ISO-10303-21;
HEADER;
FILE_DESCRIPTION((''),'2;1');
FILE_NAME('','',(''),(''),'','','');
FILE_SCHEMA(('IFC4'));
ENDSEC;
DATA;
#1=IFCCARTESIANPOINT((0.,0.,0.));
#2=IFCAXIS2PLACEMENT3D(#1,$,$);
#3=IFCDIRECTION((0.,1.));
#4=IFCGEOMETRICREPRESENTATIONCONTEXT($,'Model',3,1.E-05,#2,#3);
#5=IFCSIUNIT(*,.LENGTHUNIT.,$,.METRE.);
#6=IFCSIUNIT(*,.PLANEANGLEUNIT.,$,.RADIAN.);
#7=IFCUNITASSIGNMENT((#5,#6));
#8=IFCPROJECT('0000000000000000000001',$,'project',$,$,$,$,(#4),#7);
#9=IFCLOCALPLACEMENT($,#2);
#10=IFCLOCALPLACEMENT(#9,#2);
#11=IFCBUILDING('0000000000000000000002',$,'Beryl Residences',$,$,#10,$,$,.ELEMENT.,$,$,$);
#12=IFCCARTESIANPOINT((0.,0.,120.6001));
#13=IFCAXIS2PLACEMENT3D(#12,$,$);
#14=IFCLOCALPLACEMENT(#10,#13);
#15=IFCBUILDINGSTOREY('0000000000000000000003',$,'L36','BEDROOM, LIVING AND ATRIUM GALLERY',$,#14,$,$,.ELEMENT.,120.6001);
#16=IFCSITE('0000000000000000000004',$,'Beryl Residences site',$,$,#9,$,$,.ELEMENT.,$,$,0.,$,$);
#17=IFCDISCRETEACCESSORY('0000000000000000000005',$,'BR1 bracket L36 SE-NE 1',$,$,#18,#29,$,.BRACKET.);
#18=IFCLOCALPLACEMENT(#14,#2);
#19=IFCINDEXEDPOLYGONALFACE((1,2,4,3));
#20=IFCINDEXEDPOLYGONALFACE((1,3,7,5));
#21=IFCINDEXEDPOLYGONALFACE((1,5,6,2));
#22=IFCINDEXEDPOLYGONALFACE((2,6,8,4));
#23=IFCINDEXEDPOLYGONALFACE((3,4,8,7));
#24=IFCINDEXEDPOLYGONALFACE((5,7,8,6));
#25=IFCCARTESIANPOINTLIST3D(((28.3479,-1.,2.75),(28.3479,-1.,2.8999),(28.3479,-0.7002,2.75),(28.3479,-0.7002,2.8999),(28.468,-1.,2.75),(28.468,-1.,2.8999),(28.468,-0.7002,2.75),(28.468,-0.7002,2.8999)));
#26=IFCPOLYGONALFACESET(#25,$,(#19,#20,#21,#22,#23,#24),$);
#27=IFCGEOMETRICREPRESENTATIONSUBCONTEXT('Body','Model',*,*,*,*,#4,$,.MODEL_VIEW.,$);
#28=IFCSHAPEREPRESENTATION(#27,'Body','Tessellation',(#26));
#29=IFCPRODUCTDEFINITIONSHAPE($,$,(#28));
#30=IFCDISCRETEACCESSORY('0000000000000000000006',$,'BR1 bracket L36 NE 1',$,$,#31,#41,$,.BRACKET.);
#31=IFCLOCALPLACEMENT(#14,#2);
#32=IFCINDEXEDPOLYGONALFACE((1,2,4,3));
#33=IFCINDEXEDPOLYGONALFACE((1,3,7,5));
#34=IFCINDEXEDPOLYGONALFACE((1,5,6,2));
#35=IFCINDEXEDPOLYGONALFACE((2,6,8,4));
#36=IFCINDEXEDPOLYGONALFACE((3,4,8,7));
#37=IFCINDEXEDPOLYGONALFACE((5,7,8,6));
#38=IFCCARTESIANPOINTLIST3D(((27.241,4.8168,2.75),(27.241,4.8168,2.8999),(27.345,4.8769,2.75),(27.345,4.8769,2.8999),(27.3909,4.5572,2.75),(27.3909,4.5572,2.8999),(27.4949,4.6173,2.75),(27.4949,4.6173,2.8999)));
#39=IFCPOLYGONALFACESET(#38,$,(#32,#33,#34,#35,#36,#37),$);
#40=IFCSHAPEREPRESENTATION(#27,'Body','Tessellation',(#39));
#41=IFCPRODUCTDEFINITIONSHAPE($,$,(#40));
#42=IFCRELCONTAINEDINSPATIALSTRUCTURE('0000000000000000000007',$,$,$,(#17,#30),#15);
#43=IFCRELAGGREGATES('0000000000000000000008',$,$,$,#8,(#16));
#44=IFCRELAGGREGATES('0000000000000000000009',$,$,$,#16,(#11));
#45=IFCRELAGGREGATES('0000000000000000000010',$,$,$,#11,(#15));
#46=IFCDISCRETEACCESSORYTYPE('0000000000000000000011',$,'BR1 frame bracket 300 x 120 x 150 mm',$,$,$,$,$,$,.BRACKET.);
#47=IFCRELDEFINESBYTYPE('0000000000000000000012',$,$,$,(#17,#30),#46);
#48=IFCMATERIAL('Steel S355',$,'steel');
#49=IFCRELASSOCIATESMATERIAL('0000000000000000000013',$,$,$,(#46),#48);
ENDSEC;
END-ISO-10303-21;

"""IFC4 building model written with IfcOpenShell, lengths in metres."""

from ifc_helpers import new_model, si_unit, direction, frame, origin, place, context, subcontext, project, spatial, polyline, outline, extrude, source, transform, mapped, material, type_object, type_shapes, element, save


model = new_model("IFC4")

# Units and contexts
model_context = context("Model", 3, precision=1e-05, world=origin(), true_north=direction((0.0, 1.0)))
body_context = subcontext(model_context, "Body", "Model", "MODEL_VIEW")
ifc_project = project(units=[si_unit("LENGTHUNIT", "METRE"), si_unit("PLANEANGLEUNIT", "RADIAN")], contexts=[model_context])

# Site, building, storey
site_placement = place(None, origin())
site = spatial("IfcSite", under=ifc_project, at=site_placement, Name="Beryl Residences site", CompositionType="ELEMENT", RefElevation=0.0)
building_placement = place(site_placement, origin())
building = spatial("IfcBuilding", under=site, at=building_placement, Name="Beryl Residences", CompositionType="ELEMENT")
storey_placement = place(building_placement, frame((0.0, 0.0, 120.6001)))
storey = spatial("IfcBuildingStorey", under=building, at=storey_placement, Name="L36", Description="BEDROOM, LIVING AND ATRIUM GALLERY", CompositionType="ELEMENT", Elevation=120.6001)

# Discrete accessories
ifc_material_1 = material(Name="Steel S355", Category="steel")
discrete_accessory_type = type_object("IfcDiscreteAccessoryType", Name="BR1 frame bracket 300 x 120 x 150 mm", PredefinedType="BRACKET", material=ifc_material_1)
shared_shape_1 = source(origin(), body_context, "Body", "SweptSolid", [
    extrude(outline(polyline([(-0.1499, 0.0), (0.1499, 0.0), (0.1499, 0.1201), (-0.1499, 0.1201), (-0.1499, 0.0)])), origin(), (0.0, 0.0, 1.0), 0.1499),
])
type_shapes(discrete_accessory_type, [shared_shape_1])
for number, where, z_axis, x_axis, name in (
    (1, (28.3479, -0.8501, 2.75), (0.0, 0.0, 1.0), (0.0, -1.0, 0.0), "BR1 bracket L36 SE-NE 1"),
    (2, (27.3159, 4.687, 2.75), (0.0, 0.0, 1.0), (0.5, -0.866025, 0.0), "BR1 bracket L36 NE 1"),
):
    element("IfcDiscreteAccessory", number, at=place(storey_placement, frame(where, z_axis=z_axis, x_axis=x_axis)), inside=storey, type_object=discrete_accessory_type, Name=name, PredefinedType="BRACKET", context=body_context, shape_type="MappedRepresentation", body=[
        mapped(shared_shape_1, transform((0.0, 0.0, 0.0))),
    ])

save(model, "model.ifc")
